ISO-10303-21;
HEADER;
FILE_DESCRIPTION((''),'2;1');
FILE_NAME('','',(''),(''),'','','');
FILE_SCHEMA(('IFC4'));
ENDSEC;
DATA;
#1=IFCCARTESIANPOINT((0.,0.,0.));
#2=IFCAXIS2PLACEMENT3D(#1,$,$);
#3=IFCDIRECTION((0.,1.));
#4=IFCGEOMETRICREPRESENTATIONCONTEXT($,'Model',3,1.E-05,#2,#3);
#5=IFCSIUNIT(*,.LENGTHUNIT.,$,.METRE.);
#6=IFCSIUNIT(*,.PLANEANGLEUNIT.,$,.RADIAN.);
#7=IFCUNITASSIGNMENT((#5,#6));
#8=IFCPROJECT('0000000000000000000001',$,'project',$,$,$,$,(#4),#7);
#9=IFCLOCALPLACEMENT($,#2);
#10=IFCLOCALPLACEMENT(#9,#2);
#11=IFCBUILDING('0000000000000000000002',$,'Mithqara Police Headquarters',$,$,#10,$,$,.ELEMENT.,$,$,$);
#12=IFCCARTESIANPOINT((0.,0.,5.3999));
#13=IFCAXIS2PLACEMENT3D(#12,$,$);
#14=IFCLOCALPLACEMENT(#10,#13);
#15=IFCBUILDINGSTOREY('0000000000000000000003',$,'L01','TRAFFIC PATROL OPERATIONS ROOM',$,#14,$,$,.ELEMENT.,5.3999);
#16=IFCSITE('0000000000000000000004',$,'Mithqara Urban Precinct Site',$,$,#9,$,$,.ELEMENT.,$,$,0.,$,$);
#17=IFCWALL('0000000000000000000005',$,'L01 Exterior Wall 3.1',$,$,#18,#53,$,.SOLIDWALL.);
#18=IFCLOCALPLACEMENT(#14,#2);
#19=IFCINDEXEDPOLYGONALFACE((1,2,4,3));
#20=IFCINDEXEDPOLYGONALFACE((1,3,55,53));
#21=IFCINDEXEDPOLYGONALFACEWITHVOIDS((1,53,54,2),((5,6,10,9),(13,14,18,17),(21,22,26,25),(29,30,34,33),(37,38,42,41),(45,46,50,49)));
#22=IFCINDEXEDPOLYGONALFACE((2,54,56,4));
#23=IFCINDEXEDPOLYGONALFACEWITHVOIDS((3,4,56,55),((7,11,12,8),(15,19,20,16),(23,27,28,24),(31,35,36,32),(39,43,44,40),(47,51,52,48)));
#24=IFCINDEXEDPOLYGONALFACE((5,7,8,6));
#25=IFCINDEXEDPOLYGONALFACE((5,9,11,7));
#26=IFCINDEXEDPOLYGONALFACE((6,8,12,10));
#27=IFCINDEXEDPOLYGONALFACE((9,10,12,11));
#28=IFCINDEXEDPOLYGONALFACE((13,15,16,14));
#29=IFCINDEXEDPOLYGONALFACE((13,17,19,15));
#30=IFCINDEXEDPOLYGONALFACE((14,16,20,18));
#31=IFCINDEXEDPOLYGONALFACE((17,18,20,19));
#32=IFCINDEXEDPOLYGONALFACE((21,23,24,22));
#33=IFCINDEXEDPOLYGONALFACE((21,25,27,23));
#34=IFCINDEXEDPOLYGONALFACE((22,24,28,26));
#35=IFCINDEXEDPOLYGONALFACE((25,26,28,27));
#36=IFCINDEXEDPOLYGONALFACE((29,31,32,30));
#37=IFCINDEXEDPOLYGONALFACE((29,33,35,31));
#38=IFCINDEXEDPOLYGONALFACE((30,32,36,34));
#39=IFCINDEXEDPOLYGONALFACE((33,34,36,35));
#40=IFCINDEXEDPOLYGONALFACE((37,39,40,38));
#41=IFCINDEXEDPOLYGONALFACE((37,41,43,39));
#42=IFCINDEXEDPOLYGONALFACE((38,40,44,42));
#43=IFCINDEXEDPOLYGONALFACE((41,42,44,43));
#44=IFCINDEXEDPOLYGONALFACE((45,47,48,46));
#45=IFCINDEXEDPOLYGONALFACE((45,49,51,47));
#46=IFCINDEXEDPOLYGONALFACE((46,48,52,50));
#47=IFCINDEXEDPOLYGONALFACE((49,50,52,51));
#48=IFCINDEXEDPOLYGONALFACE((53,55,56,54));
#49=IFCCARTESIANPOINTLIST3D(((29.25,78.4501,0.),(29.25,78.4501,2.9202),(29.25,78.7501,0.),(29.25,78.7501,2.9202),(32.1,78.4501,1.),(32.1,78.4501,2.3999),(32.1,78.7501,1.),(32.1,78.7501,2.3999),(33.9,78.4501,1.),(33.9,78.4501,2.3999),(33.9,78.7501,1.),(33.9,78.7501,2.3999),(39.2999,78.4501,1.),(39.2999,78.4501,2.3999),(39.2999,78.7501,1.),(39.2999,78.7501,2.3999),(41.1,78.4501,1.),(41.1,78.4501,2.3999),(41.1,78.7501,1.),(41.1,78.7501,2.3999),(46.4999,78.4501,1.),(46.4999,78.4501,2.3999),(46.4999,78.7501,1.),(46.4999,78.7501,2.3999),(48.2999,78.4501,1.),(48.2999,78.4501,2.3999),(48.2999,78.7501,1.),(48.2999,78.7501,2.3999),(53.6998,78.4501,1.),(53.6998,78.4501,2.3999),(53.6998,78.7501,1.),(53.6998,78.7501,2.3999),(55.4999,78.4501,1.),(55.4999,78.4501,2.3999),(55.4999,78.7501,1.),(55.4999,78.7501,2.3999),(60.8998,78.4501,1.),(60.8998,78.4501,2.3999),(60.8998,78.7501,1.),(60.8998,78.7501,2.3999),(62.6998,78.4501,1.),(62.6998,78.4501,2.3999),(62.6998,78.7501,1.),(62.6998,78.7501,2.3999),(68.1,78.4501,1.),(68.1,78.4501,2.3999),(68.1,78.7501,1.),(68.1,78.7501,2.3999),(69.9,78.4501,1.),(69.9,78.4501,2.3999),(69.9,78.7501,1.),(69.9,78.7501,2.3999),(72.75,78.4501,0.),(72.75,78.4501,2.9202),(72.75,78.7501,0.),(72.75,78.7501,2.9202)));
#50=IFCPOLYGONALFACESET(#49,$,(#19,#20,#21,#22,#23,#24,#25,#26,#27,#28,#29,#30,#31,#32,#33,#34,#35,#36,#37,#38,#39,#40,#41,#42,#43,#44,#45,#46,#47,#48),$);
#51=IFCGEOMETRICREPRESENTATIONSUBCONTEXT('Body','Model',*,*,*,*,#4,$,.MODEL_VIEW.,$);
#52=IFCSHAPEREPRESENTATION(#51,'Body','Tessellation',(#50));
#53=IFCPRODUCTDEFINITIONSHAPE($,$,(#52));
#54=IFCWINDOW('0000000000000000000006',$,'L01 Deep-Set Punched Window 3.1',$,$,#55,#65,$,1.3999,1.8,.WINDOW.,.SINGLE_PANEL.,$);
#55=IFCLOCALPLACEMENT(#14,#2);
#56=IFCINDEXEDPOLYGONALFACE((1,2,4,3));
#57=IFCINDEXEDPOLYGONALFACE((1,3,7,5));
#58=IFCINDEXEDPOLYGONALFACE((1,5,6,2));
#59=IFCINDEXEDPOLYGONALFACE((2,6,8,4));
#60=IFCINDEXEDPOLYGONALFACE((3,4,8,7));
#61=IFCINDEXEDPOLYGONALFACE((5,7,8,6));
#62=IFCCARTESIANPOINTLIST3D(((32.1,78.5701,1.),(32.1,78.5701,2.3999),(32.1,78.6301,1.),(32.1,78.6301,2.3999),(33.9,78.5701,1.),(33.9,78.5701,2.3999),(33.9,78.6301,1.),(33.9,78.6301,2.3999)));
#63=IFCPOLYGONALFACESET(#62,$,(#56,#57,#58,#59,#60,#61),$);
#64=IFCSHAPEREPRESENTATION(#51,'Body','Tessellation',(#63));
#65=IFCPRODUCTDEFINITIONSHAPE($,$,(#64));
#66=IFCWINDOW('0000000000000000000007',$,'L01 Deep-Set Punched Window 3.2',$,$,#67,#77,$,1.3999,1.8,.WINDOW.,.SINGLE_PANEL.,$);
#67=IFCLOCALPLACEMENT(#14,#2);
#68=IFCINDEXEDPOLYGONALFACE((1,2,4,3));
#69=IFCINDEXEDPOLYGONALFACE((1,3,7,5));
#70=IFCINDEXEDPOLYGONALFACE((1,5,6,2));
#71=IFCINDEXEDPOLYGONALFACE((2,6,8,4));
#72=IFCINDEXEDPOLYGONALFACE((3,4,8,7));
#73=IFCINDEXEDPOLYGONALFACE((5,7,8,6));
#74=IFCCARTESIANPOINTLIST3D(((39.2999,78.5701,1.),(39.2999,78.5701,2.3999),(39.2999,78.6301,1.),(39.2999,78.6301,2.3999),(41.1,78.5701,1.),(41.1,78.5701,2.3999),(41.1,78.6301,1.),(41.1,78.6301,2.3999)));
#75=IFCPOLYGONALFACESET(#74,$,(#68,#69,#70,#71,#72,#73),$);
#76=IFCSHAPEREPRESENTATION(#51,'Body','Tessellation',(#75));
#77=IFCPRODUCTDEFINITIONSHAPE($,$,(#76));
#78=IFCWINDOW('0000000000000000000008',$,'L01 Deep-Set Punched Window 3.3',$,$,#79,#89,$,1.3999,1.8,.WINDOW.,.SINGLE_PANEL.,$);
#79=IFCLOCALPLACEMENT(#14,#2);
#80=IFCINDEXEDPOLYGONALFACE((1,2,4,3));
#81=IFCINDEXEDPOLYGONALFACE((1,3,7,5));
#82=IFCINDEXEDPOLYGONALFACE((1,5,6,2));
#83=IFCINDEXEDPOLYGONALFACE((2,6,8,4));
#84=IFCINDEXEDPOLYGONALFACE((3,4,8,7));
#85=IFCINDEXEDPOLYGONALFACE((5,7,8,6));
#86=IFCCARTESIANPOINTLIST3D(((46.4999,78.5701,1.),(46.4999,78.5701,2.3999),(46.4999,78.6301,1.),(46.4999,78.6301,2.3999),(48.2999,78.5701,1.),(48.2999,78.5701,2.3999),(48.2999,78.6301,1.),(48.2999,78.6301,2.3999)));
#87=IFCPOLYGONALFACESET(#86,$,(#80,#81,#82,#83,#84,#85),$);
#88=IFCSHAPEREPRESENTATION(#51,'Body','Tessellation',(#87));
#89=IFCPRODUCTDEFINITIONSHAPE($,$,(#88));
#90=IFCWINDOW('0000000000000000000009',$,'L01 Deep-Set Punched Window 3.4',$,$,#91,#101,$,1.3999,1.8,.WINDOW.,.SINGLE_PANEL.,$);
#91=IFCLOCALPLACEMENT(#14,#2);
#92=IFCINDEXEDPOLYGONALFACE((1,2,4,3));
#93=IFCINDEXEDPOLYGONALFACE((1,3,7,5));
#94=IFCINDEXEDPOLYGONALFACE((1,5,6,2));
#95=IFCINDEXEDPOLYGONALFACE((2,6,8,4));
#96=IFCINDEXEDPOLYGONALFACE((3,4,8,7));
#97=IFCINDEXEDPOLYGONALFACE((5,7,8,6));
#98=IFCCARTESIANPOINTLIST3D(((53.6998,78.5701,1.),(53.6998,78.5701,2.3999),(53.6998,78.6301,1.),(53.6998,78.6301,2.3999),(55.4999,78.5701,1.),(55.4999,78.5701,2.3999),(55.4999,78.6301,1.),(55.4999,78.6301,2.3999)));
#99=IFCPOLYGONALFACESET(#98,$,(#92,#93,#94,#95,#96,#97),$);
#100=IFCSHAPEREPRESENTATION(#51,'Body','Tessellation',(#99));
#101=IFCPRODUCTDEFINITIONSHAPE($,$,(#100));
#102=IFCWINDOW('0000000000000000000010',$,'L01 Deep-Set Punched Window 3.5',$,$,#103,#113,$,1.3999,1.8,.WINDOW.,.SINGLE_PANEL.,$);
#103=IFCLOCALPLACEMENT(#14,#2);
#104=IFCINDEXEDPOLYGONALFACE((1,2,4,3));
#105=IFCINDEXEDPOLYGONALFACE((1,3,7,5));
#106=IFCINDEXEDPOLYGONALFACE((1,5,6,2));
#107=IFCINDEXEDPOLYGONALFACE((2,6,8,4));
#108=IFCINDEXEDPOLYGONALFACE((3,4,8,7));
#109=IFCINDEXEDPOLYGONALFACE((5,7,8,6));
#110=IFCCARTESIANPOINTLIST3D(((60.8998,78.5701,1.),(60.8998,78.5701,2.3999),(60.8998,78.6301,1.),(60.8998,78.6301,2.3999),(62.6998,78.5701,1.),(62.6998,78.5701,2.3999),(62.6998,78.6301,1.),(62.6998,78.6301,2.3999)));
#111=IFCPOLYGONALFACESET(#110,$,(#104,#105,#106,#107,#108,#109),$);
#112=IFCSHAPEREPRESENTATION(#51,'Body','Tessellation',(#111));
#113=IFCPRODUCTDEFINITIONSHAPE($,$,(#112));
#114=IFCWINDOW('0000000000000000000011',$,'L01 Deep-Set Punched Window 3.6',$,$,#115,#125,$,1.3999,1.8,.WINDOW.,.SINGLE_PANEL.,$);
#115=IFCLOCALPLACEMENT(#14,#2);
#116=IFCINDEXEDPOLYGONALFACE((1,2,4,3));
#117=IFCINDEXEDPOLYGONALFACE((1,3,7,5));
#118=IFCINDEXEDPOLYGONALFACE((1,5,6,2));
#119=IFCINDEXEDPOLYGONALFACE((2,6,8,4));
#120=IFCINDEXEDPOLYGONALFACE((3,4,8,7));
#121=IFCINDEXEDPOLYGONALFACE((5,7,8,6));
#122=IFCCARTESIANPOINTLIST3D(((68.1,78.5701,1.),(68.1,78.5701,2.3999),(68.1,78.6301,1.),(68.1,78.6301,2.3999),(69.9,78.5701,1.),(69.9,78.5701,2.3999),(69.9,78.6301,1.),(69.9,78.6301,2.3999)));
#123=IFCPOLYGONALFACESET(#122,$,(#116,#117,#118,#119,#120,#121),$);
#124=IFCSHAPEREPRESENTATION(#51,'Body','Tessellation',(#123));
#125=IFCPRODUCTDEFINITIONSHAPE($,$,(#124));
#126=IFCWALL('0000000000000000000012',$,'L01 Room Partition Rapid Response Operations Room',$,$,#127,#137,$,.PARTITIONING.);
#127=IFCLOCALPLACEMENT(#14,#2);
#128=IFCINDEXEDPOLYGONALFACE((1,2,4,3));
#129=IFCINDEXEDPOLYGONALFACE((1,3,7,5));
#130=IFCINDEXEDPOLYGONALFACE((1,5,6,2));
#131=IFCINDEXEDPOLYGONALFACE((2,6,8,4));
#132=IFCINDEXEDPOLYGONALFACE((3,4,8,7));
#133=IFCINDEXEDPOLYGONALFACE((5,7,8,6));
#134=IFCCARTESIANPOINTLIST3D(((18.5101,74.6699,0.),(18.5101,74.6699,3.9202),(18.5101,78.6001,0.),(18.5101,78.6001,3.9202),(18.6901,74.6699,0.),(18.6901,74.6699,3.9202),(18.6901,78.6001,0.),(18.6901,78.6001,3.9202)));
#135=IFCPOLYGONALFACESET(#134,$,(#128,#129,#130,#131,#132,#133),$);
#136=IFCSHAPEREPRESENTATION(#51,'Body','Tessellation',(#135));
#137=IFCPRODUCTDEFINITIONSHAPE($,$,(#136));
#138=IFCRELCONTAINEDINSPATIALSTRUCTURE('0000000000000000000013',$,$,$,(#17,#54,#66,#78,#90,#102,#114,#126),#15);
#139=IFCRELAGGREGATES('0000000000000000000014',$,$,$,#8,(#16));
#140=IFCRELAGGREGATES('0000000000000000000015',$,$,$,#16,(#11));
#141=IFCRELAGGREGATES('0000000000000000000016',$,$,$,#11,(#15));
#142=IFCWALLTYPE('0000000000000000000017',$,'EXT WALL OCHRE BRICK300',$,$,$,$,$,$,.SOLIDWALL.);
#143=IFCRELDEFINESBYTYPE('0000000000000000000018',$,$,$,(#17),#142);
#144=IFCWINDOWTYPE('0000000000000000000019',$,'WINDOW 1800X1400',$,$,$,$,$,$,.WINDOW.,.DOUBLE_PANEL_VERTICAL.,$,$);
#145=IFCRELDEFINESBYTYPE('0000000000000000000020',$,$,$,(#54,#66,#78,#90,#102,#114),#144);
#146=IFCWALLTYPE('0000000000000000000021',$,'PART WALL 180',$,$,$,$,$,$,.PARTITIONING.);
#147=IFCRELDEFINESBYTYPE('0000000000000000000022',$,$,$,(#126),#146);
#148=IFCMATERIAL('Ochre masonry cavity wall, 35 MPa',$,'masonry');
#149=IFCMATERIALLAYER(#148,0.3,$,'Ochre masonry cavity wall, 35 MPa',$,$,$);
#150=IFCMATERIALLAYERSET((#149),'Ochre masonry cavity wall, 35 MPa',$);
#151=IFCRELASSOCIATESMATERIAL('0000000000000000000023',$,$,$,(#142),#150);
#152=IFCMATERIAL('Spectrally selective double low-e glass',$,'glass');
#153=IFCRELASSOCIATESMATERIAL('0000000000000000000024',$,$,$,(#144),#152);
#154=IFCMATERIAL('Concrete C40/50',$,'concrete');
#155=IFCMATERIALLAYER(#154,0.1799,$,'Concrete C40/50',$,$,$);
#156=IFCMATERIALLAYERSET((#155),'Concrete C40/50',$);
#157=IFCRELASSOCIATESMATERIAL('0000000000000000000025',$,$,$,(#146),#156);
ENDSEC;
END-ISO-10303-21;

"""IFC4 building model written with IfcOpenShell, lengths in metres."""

from ifc_helpers import new_model, si_unit, direction, frame, frame_2d, origin, place, context, subcontext, project, spatial, rectangle, extrude, material, layer, layer_set, type_object, element, fill, save


model = new_model("IFC4")

# Units and contexts
model_context = context("Model", 3, precision=1e-05, world=origin(), true_north=direction((0.0, 1.0)))
body_context = subcontext(model_context, "Body", "Model", "MODEL_VIEW")
ifc_project = project(units=[si_unit("LENGTHUNIT", "METRE"), si_unit("PLANEANGLEUNIT", "RADIAN")], contexts=[model_context])

# Site, building, storey
site_placement = place(None, origin())
site = spatial("IfcSite", under=ifc_project, at=site_placement, Name="Mithqara Urban Precinct Site", CompositionType="ELEMENT", RefElevation=0.0)
building_placement = place(site_placement, origin())
building = spatial("IfcBuilding", under=site, at=building_placement, Name="Mithqara Police Headquarters", CompositionType="ELEMENT")
storey_placement = place(building_placement, frame((0.0, 0.0, 5.3999)))
storey = spatial("IfcBuildingStorey", under=building, at=storey_placement, Name="L01", Description="TRAFFIC PATROL OPERATIONS ROOM", CompositionType="ELEMENT", Elevation=5.3999)

# Shared definitions
ifc_material_1 = material(Name="Concrete C40/50", Category="concrete")

# Wall, openings, windows
ifc_material_2 = material(Name="Ochre masonry cavity wall, 35 MPa", Category="masonry")
ifc_layer_1 = layer(ifc_material_2, 0.3, Name="Ochre masonry cavity wall, 35 MPa")
ifc_layer_set_1 = layer_set([ifc_layer_1], Name="Ochre masonry cavity wall, 35 MPa")
wall_type_1 = type_object("IfcWallType", Name="EXT WALL OCHRE BRICK300", PredefinedType="SOLIDWALL", material=ifc_layer_set_1)
wall_1_placement = place(storey_placement, frame((29.25, 78.6001, 0.0), z_axis=(0.0, 0.0, 1.0), x_axis=(1.0, 0.0, 0.0)))
wall_1 = element("IfcWall", 1, at=wall_1_placement, inside=storey, type_object=wall_type_1, Name="L01 Exterior Wall 3.1", PredefinedType="SOLIDWALL", context=body_context, shape_type="SweptSolid", body=[
    extrude(rectangle(XDim=43.5, YDim=0.3, at=frame_2d((21.75, 0.0))), origin(), (0.0, 0.0, 1.0), 2.9202),
])
opening_1_placement = place(wall_1_placement, frame((2.8501, 0.0, 1.0)))
opening_1 = element("IfcOpeningElement", 2, at=opening_1_placement, cuts=wall_1, PredefinedType="OPENING", context=body_context, shape_type="SweptSolid", body=[
    extrude(rectangle(XDim=1.8, YDim=1.3999, at=frame_2d((0.8999, 0.7))), frame((0.0, 0.1602, 0.0), z_axis=(0.0, -1.0, 0.0), x_axis=(1.0, 0.0, 0.0)), (0.0, 0.0, 1.0), 0.3201),
])
opening_2_placement = place(wall_1_placement, frame((10.05, 0.0, 1.0)))
opening_2 = element("IfcOpeningElement", 3, at=opening_2_placement, cuts=wall_1, PredefinedType="OPENING", context=body_context, shape_type="SweptSolid", body=[
    extrude(rectangle(XDim=1.8, YDim=1.3999, at=frame_2d((0.8999, 0.7))), frame((0.0, 0.1602, 0.0), z_axis=(0.0, -1.0, 0.0), x_axis=(1.0, 0.0, 0.0)), (0.0, 0.0, 1.0), 0.3201),
])
opening_3_placement = place(wall_1_placement, frame((17.25, 0.0, 1.0)))
opening_3 = element("IfcOpeningElement", 4, at=opening_3_placement, cuts=wall_1, PredefinedType="OPENING", context=body_context, shape_type="SweptSolid", body=[
    extrude(rectangle(XDim=1.8, YDim=1.3999, at=frame_2d((0.8999, 0.7))), frame((0.0, 0.1602, 0.0), z_axis=(0.0, -1.0, 0.0), x_axis=(1.0, 0.0, 0.0)), (0.0, 0.0, 1.0), 0.3201),
])
opening_4_placement = place(wall_1_placement, frame((24.45, 0.0, 1.0)))
opening_4 = element("IfcOpeningElement", 5, at=opening_4_placement, cuts=wall_1, PredefinedType="OPENING", context=body_context, shape_type="SweptSolid", body=[
    extrude(rectangle(XDim=1.8, YDim=1.3999, at=frame_2d((0.8999, 0.7))), frame((0.0, 0.1602, 0.0), z_axis=(0.0, -1.0, 0.0), x_axis=(1.0, 0.0, 0.0)), (0.0, 0.0, 1.0), 0.3201),
])
opening_5_placement = place(wall_1_placement, frame((31.6499, 0.0, 1.0)))
opening_5 = element("IfcOpeningElement", 6, at=opening_5_placement, cuts=wall_1, PredefinedType="OPENING", context=body_context, shape_type="SweptSolid", body=[
    extrude(rectangle(XDim=1.8, YDim=1.3999, at=frame_2d((0.8999, 0.7))), frame((0.0, 0.1602, 0.0), z_axis=(0.0, -1.0, 0.0), x_axis=(1.0, 0.0, 0.0)), (0.0, 0.0, 1.0), 0.3201),
])
opening_6_placement = place(wall_1_placement, frame((38.8501, 0.0, 1.0)))
opening_6 = element("IfcOpeningElement", 7, at=opening_6_placement, cuts=wall_1, PredefinedType="OPENING", context=body_context, shape_type="SweptSolid", body=[
    extrude(rectangle(XDim=1.8, YDim=1.3999, at=frame_2d((0.8999, 0.7))), frame((0.0, 0.1602, 0.0), z_axis=(0.0, -1.0, 0.0), x_axis=(1.0, 0.0, 0.0)), (0.0, 0.0, 1.0), 0.3201),
])
ifc_material_3 = material(Name="Spectrally selective double low-e glass", Category="glass")
window_type = type_object("IfcWindowType", Name="WINDOW 1800X1400", PartitioningType="DOUBLE_PANEL_VERTICAL", PredefinedType="WINDOW", material=ifc_material_3)
window_1_placement = place(opening_1_placement, origin())
window_1 = element("IfcWindow", 8, at=window_1_placement, inside=storey, type_object=window_type, Name="L01 Deep-Set Punched Window 3.1", OverallHeight=1.3999, OverallWidth=1.8, PartitioningType="SINGLE_PANEL", PredefinedType="WINDOW", context=body_context, shape_type="SweptSolid", body=[
    extrude(rectangle(XDim=1.8, YDim=1.3999, at=frame_2d((0.8999, 0.7))), frame((0.0, 0.03, 0.0), z_axis=(0.0, -1.0, 0.0), x_axis=(1.0, 0.0, 0.0)), (0.0, 0.0, 1.0), 0.0601),
])
fill(opening_1, window_1)
window_2_placement = place(opening_2_placement, origin())
window_2 = element("IfcWindow", 9, at=window_2_placement, inside=storey, type_object=window_type, Name="L01 Deep-Set Punched Window 3.2", OverallHeight=1.3999, OverallWidth=1.8, PartitioningType="SINGLE_PANEL", PredefinedType="WINDOW", context=body_context, shape_type="SweptSolid", body=[
    extrude(rectangle(XDim=1.8, YDim=1.3999, at=frame_2d((0.8999, 0.7))), frame((0.0, 0.03, 0.0), z_axis=(0.0, -1.0, 0.0), x_axis=(1.0, 0.0, 0.0)), (0.0, 0.0, 1.0), 0.0601),
])
fill(opening_2, window_2)
window_3_placement = place(opening_3_placement, origin())
window_3 = element("IfcWindow", 10, at=window_3_placement, inside=storey, type_object=window_type, Name="L01 Deep-Set Punched Window 3.3", OverallHeight=1.3999, OverallWidth=1.8, PartitioningType="SINGLE_PANEL", PredefinedType="WINDOW", context=body_context, shape_type="SweptSolid", body=[
    extrude(rectangle(XDim=1.8, YDim=1.3999, at=frame_2d((0.8999, 0.7))), frame((0.0, 0.03, 0.0), z_axis=(0.0, -1.0, 0.0), x_axis=(1.0, 0.0, 0.0)), (0.0, 0.0, 1.0), 0.0601),
])
fill(opening_3, window_3)
window_4_placement = place(opening_4_placement, origin())
window_4 = element("IfcWindow", 11, at=window_4_placement, inside=storey, type_object=window_type, Name="L01 Deep-Set Punched Window 3.4", OverallHeight=1.3999, OverallWidth=1.8, PartitioningType="SINGLE_PANEL", PredefinedType="WINDOW", context=body_context, shape_type="SweptSolid", body=[
    extrude(rectangle(XDim=1.8, YDim=1.3999, at=frame_2d((0.8999, 0.7))), frame((0.0, 0.03, 0.0), z_axis=(0.0, -1.0, 0.0), x_axis=(1.0, 0.0, 0.0)), (0.0, 0.0, 1.0), 0.0601),
])
fill(opening_4, window_4)
window_5_placement = place(opening_5_placement, origin())
window_5 = element("IfcWindow", 12, at=window_5_placement, inside=storey, type_object=window_type, Name="L01 Deep-Set Punched Window 3.5", OverallHeight=1.3999, OverallWidth=1.8, PartitioningType="SINGLE_PANEL", PredefinedType="WINDOW", context=body_context, shape_type="SweptSolid", body=[
    extrude(rectangle(XDim=1.8, YDim=1.3999, at=frame_2d((0.8999, 0.7))), frame((0.0, 0.03, 0.0), z_axis=(0.0, -1.0, 0.0), x_axis=(1.0, 0.0, 0.0)), (0.0, 0.0, 1.0), 0.0601),
])
fill(opening_5, window_5)
window_6_placement = place(opening_6_placement, origin())
window_6 = element("IfcWindow", 13, at=window_6_placement, inside=storey, type_object=window_type, Name="L01 Deep-Set Punched Window 3.6", OverallHeight=1.3999, OverallWidth=1.8, PartitioningType="SINGLE_PANEL", PredefinedType="WINDOW", context=body_context, shape_type="SweptSolid", body=[
    extrude(rectangle(XDim=1.8, YDim=1.3999, at=frame_2d((0.8999, 0.7))), frame((0.0, 0.03, 0.0), z_axis=(0.0, -1.0, 0.0), x_axis=(1.0, 0.0, 0.0)), (0.0, 0.0, 1.0), 0.0601),
])
fill(opening_6, window_6)

# Wall
ifc_layer_2 = layer(ifc_material_1, 0.1799, Name="Concrete C40/50")
ifc_layer_set_2 = layer_set([ifc_layer_2], Name="Concrete C40/50")
wall_type_2 = type_object("IfcWallType", Name="PART WALL 180", PredefinedType="PARTITIONING", material=ifc_layer_set_2)
wall_2_placement = place(storey_placement, frame((18.6001, 74.6699, 0.0), z_axis=(0.0, 0.0, 1.0), x_axis=(0.0, 1.0, 0.0)))
element("IfcWall", 14, at=wall_2_placement, inside=storey, type_object=wall_type_2, Name="L01 Room Partition Rapid Response Operations Room", PredefinedType="PARTITIONING", context=body_context, shape_type="SweptSolid", body=[
    extrude(rectangle(XDim=3.9302, YDim=0.1799, at=frame_2d((1.9651, 0.0))), origin(), (0.0, 0.0, 1.0), 3.9202),
])

save(model, "model.ifc")
